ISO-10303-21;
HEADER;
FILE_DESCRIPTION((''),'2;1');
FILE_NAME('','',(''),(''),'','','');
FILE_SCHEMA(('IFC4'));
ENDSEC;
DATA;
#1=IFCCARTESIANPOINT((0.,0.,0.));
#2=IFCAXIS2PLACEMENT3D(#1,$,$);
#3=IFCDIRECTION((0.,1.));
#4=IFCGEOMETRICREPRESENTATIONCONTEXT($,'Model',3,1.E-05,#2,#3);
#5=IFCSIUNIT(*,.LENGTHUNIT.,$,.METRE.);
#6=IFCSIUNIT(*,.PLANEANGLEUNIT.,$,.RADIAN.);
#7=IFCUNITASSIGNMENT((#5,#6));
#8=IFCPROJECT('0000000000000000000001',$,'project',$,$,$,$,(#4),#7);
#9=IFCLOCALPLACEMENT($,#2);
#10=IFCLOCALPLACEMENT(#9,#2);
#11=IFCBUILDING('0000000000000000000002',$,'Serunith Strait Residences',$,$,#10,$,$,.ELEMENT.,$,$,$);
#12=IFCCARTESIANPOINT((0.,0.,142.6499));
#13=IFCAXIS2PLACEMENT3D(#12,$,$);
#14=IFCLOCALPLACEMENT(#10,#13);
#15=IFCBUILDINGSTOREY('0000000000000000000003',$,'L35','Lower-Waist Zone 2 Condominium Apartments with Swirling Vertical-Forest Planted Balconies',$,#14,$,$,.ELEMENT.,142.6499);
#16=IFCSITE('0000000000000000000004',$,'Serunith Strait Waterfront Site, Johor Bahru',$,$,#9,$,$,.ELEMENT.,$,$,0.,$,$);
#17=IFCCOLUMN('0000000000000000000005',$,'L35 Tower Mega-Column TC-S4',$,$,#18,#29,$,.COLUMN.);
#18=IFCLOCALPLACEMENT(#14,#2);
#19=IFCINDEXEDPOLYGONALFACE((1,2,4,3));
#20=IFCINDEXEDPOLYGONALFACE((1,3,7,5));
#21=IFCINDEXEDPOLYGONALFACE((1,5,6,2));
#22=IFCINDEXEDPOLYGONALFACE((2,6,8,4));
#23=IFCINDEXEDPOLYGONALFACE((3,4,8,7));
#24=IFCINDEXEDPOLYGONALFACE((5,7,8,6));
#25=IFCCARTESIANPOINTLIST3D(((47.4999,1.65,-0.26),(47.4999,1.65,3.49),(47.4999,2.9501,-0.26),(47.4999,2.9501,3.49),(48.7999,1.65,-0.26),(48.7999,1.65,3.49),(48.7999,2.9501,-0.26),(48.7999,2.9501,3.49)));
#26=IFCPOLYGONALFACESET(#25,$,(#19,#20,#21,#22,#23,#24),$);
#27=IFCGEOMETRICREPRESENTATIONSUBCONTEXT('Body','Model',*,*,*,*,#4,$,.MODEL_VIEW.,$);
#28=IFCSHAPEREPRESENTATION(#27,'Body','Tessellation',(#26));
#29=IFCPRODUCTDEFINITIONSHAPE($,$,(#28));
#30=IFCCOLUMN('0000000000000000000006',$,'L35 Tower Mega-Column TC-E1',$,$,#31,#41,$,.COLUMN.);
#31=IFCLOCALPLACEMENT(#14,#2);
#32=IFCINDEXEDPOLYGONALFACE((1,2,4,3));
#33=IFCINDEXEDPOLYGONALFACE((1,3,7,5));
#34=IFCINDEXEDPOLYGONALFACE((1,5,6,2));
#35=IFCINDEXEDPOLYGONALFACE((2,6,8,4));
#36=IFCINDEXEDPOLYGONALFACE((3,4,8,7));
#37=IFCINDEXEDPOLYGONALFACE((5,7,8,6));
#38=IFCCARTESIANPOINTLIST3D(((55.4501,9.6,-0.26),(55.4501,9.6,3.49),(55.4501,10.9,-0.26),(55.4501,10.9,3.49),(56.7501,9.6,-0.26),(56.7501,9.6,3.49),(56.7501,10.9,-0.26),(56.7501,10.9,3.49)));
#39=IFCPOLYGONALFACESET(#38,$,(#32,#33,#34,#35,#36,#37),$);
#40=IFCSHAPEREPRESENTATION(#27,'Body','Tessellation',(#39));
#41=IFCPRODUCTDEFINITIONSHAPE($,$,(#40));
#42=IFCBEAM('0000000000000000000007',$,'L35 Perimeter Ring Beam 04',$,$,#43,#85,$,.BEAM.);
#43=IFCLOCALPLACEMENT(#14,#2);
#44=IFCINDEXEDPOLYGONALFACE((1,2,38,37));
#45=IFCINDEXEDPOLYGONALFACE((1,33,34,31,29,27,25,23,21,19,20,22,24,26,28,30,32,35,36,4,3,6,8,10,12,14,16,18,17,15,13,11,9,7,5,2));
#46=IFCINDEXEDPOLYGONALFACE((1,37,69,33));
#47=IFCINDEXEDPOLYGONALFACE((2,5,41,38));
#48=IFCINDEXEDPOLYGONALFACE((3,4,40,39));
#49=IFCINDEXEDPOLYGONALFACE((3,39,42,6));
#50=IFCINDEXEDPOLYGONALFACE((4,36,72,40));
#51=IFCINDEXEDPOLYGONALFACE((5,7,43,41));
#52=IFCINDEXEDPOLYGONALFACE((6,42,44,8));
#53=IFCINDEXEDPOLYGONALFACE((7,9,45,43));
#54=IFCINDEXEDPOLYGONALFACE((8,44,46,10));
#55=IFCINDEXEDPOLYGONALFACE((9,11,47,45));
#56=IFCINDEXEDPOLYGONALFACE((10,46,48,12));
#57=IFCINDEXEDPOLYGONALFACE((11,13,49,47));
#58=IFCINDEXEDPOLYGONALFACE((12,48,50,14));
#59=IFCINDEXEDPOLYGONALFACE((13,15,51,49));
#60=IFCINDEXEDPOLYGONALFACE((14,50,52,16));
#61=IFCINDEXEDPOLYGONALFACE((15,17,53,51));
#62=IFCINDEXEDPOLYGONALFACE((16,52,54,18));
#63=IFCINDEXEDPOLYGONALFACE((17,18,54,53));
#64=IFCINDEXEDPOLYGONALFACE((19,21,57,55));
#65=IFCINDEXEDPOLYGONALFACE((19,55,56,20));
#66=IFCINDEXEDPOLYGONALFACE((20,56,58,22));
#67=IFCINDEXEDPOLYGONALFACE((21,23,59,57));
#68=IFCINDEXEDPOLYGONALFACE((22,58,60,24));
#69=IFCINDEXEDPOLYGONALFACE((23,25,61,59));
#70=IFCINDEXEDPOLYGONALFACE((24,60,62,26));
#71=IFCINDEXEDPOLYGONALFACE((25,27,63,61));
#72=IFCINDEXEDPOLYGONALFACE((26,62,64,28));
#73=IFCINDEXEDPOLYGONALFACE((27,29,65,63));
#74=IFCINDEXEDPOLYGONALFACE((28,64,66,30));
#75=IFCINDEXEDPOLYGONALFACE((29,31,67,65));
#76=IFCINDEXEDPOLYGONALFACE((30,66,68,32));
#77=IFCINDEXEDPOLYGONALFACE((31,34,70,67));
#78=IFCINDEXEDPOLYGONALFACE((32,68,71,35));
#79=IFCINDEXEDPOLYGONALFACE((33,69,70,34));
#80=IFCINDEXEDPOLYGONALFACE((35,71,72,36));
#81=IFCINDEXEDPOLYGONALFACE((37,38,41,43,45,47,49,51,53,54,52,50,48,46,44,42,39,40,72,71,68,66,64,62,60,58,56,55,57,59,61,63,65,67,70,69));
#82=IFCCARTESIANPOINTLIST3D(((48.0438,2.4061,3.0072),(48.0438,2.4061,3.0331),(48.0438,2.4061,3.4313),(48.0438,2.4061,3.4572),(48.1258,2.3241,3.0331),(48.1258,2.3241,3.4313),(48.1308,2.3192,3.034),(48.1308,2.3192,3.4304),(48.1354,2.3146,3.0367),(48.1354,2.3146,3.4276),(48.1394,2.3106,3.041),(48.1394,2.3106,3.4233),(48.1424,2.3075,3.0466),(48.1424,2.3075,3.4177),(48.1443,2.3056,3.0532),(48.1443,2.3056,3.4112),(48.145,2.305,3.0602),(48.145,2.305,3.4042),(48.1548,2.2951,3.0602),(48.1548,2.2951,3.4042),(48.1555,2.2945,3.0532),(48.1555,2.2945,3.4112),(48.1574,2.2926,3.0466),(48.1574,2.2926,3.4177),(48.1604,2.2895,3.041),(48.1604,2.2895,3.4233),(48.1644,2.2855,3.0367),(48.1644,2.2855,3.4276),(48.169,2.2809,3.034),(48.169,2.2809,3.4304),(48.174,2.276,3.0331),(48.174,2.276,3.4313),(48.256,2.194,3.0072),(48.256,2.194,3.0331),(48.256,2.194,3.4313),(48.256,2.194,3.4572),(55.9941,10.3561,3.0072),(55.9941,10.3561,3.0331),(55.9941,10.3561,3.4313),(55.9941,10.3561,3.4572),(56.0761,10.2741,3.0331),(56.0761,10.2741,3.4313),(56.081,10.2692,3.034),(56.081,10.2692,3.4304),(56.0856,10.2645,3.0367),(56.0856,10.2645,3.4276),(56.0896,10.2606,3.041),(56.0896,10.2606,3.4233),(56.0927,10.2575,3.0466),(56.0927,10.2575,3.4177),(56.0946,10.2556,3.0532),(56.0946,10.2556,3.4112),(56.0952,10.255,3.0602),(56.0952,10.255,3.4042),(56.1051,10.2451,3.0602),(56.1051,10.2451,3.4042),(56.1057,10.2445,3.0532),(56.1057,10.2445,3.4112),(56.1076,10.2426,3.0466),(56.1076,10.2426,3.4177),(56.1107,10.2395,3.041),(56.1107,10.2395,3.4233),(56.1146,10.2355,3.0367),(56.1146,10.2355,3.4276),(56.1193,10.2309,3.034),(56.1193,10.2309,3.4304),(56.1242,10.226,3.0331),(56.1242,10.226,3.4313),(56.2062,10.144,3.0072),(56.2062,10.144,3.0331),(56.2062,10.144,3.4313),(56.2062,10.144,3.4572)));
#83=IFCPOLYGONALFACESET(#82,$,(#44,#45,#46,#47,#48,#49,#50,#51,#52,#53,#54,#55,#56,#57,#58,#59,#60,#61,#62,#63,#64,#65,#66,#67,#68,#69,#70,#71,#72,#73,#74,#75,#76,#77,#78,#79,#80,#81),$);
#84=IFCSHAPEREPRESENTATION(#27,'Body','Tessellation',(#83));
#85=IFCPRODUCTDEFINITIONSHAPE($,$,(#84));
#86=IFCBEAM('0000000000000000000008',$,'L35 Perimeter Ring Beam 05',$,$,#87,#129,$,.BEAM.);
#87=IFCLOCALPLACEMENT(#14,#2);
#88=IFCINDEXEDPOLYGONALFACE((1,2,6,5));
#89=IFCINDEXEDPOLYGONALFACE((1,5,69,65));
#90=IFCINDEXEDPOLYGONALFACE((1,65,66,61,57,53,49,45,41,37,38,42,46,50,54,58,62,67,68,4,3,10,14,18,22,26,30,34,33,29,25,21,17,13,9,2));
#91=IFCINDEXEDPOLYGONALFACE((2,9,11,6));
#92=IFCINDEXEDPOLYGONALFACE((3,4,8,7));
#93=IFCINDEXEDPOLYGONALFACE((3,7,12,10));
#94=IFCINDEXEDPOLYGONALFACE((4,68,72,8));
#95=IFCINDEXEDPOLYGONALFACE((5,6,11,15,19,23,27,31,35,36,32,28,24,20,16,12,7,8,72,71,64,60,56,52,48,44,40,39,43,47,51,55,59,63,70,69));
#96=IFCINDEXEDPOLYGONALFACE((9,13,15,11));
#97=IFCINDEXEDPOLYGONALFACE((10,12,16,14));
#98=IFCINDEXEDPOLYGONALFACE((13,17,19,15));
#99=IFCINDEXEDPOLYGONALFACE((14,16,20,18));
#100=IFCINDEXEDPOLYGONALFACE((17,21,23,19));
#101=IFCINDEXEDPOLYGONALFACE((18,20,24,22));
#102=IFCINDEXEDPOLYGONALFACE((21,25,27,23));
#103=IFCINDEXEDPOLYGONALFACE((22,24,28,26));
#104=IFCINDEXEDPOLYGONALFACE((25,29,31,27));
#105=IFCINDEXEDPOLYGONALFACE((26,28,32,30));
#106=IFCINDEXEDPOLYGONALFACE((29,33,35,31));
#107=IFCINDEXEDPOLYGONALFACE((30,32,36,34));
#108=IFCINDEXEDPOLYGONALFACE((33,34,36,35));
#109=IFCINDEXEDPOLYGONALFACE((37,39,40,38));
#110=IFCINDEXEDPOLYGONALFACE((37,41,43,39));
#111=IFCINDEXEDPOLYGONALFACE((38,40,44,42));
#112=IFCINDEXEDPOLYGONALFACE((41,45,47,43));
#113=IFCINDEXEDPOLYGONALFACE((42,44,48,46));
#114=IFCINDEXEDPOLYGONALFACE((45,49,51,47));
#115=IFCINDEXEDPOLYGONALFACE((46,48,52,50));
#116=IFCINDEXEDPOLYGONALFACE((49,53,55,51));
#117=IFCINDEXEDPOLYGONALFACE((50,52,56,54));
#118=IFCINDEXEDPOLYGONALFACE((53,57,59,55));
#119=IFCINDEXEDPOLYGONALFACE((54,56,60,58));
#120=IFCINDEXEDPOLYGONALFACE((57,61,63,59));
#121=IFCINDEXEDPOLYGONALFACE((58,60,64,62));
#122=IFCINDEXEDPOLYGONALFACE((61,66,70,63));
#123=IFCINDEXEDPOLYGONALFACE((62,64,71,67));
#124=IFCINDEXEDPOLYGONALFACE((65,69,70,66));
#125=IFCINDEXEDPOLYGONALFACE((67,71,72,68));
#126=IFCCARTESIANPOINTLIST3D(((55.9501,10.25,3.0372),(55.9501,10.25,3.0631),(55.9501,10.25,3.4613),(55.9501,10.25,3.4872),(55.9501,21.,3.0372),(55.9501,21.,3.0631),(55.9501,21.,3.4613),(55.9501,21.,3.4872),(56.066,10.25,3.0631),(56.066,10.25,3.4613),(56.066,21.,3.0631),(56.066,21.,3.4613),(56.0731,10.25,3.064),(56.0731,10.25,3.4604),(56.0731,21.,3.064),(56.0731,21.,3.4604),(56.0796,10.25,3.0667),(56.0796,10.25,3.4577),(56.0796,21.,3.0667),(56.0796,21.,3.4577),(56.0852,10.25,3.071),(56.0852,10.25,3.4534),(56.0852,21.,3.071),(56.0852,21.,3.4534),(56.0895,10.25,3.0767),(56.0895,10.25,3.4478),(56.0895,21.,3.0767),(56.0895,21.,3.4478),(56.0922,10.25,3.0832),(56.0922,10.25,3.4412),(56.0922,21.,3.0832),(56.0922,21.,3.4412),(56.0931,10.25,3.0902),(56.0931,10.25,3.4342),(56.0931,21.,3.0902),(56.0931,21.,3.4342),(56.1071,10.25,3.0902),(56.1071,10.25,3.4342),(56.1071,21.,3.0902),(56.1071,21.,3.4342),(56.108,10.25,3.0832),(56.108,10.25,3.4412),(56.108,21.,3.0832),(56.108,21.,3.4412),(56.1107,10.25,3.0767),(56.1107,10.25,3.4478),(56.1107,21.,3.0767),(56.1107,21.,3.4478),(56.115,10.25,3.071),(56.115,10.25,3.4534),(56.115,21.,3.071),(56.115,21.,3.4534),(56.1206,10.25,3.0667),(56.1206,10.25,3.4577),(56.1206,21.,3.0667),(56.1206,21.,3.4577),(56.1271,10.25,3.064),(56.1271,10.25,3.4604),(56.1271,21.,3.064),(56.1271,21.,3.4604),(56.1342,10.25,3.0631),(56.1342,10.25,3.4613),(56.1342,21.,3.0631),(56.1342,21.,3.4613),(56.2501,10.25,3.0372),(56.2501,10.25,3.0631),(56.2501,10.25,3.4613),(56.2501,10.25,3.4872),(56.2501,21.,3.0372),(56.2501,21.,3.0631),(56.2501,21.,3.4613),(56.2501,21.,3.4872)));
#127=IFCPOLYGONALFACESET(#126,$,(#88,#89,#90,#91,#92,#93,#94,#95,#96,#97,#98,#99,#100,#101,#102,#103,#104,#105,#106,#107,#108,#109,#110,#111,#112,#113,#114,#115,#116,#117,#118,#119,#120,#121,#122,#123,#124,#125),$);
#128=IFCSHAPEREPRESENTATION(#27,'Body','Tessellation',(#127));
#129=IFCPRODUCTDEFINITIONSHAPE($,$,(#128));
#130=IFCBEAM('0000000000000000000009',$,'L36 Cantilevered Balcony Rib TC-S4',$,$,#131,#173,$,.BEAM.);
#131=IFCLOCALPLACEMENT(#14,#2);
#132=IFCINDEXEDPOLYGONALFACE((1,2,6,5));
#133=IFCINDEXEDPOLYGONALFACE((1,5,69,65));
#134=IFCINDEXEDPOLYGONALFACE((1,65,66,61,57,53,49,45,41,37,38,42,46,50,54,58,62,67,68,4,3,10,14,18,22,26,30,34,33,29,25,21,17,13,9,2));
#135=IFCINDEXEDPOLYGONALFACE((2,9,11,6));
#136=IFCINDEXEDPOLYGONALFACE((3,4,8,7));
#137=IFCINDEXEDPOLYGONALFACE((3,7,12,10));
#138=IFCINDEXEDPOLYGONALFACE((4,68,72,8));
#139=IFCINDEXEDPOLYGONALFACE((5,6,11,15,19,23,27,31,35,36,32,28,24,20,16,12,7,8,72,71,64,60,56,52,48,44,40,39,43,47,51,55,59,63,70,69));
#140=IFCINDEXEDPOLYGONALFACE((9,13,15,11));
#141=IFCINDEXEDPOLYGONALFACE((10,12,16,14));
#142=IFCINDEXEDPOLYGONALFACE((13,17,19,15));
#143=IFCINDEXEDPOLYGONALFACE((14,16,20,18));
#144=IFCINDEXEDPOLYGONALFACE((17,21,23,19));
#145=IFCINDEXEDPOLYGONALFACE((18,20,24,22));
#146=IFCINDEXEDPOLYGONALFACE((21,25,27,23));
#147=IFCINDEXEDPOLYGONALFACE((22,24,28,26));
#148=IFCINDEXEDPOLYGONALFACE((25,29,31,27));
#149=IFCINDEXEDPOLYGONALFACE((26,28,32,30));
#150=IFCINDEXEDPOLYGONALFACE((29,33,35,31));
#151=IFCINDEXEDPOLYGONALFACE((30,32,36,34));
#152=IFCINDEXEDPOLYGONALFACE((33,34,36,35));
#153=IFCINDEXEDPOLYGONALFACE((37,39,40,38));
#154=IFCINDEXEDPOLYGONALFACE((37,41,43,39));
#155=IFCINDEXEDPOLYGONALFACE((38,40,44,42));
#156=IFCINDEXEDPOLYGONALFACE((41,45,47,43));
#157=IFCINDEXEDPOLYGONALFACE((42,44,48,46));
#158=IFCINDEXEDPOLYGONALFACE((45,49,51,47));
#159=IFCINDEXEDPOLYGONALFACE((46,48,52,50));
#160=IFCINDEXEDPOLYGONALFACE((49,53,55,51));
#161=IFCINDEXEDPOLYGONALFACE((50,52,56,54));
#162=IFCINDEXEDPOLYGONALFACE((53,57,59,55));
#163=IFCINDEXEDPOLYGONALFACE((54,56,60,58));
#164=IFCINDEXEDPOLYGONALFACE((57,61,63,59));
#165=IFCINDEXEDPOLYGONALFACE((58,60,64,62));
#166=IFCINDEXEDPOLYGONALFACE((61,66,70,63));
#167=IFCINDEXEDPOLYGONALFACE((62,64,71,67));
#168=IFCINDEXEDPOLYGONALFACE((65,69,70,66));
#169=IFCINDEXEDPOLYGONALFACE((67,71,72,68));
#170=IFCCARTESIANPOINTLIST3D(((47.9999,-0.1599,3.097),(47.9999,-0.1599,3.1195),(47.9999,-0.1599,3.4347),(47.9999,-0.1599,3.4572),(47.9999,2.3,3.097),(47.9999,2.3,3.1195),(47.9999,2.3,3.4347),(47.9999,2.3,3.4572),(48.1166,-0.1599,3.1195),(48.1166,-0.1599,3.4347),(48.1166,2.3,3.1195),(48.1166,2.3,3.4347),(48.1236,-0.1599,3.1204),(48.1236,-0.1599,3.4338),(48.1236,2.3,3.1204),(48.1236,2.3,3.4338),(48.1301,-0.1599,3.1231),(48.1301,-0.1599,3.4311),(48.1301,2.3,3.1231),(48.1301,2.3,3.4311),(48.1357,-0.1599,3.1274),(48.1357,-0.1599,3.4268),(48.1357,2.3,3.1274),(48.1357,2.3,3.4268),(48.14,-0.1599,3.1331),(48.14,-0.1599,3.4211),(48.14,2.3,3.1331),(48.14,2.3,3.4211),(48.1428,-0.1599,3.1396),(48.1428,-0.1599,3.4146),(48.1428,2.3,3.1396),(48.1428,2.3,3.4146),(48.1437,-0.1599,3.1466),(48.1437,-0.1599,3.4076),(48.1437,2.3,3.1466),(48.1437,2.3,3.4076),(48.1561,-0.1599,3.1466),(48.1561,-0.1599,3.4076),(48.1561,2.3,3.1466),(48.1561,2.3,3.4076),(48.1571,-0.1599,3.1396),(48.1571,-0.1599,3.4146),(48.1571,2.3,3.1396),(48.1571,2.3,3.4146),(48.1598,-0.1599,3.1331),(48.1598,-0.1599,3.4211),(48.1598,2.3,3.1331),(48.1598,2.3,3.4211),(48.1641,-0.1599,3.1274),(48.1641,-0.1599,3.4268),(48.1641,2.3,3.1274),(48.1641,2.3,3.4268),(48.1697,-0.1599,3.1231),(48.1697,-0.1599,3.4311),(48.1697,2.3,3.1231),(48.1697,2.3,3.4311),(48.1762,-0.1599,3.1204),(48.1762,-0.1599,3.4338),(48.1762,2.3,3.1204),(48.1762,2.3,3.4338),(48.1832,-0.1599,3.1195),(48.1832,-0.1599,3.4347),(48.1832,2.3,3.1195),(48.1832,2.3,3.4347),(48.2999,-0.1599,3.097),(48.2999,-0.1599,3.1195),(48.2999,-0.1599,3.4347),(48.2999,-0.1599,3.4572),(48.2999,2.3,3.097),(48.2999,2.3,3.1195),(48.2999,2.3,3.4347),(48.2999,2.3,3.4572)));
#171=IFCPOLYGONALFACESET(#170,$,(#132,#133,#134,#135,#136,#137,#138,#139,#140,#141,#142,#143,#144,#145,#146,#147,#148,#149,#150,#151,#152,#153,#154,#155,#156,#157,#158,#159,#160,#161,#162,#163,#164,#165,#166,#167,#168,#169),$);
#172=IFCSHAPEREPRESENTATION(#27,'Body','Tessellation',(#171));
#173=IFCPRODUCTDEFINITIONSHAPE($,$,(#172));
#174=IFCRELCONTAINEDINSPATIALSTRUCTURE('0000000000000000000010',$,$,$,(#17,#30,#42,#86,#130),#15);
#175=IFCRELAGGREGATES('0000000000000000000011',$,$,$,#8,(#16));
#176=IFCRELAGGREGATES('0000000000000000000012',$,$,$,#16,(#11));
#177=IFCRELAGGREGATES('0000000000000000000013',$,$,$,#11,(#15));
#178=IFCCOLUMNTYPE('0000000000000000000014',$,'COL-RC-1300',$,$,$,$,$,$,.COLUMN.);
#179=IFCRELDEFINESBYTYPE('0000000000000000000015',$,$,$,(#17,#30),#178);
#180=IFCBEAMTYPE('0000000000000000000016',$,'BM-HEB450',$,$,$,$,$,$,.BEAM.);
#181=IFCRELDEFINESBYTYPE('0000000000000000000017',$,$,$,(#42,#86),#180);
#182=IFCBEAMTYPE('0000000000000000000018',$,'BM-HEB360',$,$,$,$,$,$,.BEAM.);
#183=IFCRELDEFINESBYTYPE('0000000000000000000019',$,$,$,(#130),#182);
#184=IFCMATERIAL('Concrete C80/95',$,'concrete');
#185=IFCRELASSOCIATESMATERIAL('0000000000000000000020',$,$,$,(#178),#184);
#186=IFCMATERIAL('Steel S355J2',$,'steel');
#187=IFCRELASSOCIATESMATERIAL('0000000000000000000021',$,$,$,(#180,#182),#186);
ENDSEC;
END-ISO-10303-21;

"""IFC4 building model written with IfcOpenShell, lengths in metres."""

from ifc_helpers import new_model, si_unit, direction, frame, origin, origin_2d, place, context, subcontext, project, spatial, rectangle, i_section, extrude, source, transform, mapped, material, material_profile, profile_set, type_object, element, save


model = new_model("IFC4")

# Units and contexts
model_context = context("Model", 3, precision=1e-05, world=origin(), true_north=direction((0.0, 1.0)))
body_context = subcontext(model_context, "Body", "Model", "MODEL_VIEW")
ifc_project = project(units=[si_unit("LENGTHUNIT", "METRE"), si_unit("PLANEANGLEUNIT", "RADIAN")], contexts=[model_context])

# Site, building, storey
site_placement = place(None, origin())
site = spatial("IfcSite", under=ifc_project, at=site_placement, Name="Serunith Strait Waterfront Site, Johor Bahru", CompositionType="ELEMENT", RefElevation=0.0)
building_placement = place(site_placement, origin())
building = spatial("IfcBuilding", under=site, at=building_placement, Name="Serunith Strait Residences", CompositionType="ELEMENT")
storey_placement = place(building_placement, frame((0.0, 0.0, 142.6499)))
storey = spatial("IfcBuildingStorey", under=building, at=storey_placement, Name="L35", Description="Lower-Waist Zone 2 Condominium Apartments with Swirling Vertical-Forest Planted Balconies", CompositionType="ELEMENT", Elevation=142.6499)

# Columns
ifc_material_1 = material(Name="Concrete C80/95", Category="concrete")
ifc_material_profile_1 = material_profile(ifc_material_1, rectangle(XDim=1.3, YDim=1.3, at=origin_2d()), Name="RC 1300x1300")
ifc_profile_set_1 = profile_set([ifc_material_profile_1], Name="Concrete C80/95")
column_type = type_object("IfcColumnType", Name="COL-RC-1300", PredefinedType="COLUMN", material=ifc_profile_set_1)
shared_shape_1 = source(origin(), body_context, "Body", "SweptSolid", [
    extrude(rectangle(XDim=1.3, YDim=1.3, at=origin_2d()), origin(), (0.0, 0.0, 1.0), 3.75),
])
for number, where, z_axis, x_axis, name in (
    (1, (48.1499, 2.3, -0.26), (0.0, 0.0, 1.0), (1.0, 0.0, 0.0), "L35 Tower Mega-Column TC-S4"),
    (2, (56.1001, 10.25, -0.26), (0.0, 0.0, 1.0), (1.0, 0.0, 0.0), "L35 Tower Mega-Column TC-E1"),
):
    element("IfcColumn", number, at=place(storey_placement, frame(where, z_axis=z_axis, x_axis=x_axis)), inside=storey, type_object=column_type, Name=name, PredefinedType="COLUMN", context=body_context, shape_type="MappedRepresentation", body=[
        mapped(shared_shape_1, transform((0.0, 0.0, 0.0), scale=1.0)),
    ])

# Beams
ifc_material_2 = material(Name="Steel S355J2", Category="steel")
ifc_material_profile_2 = material_profile(ifc_material_2, i_section(OverallWidth=0.3, OverallDepth=0.45, WebThickness=0.0139, FlangeThickness=0.0259, FilletRadius=0.0271, at=origin_2d()), Name="HEB 450")
ifc_profile_set_2 = profile_set([ifc_material_profile_2], Name="Steel S355J2")
beam_type_1 = type_object("IfcBeamType", Name="BM-HEB450", PredefinedType="BEAM", material=ifc_profile_set_2)
shared_shape_2 = source(origin(), body_context, "Body", "SweptSolid", [
    extrude(i_section(OverallWidth=0.3, OverallDepth=0.45, WebThickness=0.0139, FlangeThickness=0.0259, FilletRadius=0.0271, at=origin_2d()), origin(), (0.0, 0.0, 1.0), 11.2432),
])
beam_1_placement = place(storey_placement, frame((48.1499, 2.3, 3.2322), z_axis=(0.707118, 0.707096, 0.0), x_axis=(-0.707096, 0.707118, 0.0)))
element("IfcBeam", 3, at=beam_1_placement, inside=storey, type_object=beam_type_1, Name="L35 Perimeter Ring Beam 04", PredefinedType="BEAM", context=body_context, shape_type="MappedRepresentation", body=[
    mapped(shared_shape_2, transform((0.0, 0.0, 0.0), scale=1.0)),
])
shared_shape_3 = source(origin(), body_context, "Body", "SweptSolid", [
    extrude(i_section(OverallWidth=0.3, OverallDepth=0.45, WebThickness=0.0139, FlangeThickness=0.0259, FilletRadius=0.0271, at=origin_2d()), origin(), (0.0, 0.0, 1.0), 10.75),
])
beam_2_placement = place(storey_placement, frame((56.1001, 10.25, 3.2622), z_axis=(0.0, 1.0, 0.0), x_axis=(-1.0, 0.0, 0.0)))
element("IfcBeam", 4, at=beam_2_placement, inside=storey, type_object=beam_type_1, Name="L35 Perimeter Ring Beam 05", PredefinedType="BEAM", context=body_context, shape_type="MappedRepresentation", body=[
    mapped(shared_shape_3, transform((0.0, 0.0, 0.0), scale=1.0)),
])
ifc_material_profile_3 = material_profile(ifc_material_2, i_section(OverallWidth=0.3, OverallDepth=0.3601, WebThickness=0.0125, FlangeThickness=0.0225, FilletRadius=0.0271, at=origin_2d()), Name="HEB 360")
ifc_profile_set_3 = profile_set([ifc_material_profile_3], Name="Steel S355J2")
beam_type_2 = type_object("IfcBeamType", Name="BM-HEB360", PredefinedType="BEAM", material=ifc_profile_set_3)
shared_shape_4 = source(origin(), body_context, "Body", "SweptSolid", [
    extrude(i_section(OverallWidth=0.3, OverallDepth=0.3601, WebThickness=0.0125, FlangeThickness=0.0225, FilletRadius=0.0271, at=origin_2d()), origin(), (0.0, 0.0, 1.0), 2.46),
])
beam_3_placement = place(storey_placement, frame((48.1499, 2.3, 3.2771), z_axis=(0.0, -1.0, 0.0), x_axis=(1.0, 0.0, 0.0)))
element("IfcBeam", 5, at=beam_3_placement, inside=storey, type_object=beam_type_2, Name="L36 Cantilevered Balcony Rib TC-S4", PredefinedType="BEAM", context=body_context, shape_type="MappedRepresentation", body=[
    mapped(shared_shape_4, transform((0.0, 0.0, 0.0), scale=1.0)),
])

save(model, "model.ifc")
